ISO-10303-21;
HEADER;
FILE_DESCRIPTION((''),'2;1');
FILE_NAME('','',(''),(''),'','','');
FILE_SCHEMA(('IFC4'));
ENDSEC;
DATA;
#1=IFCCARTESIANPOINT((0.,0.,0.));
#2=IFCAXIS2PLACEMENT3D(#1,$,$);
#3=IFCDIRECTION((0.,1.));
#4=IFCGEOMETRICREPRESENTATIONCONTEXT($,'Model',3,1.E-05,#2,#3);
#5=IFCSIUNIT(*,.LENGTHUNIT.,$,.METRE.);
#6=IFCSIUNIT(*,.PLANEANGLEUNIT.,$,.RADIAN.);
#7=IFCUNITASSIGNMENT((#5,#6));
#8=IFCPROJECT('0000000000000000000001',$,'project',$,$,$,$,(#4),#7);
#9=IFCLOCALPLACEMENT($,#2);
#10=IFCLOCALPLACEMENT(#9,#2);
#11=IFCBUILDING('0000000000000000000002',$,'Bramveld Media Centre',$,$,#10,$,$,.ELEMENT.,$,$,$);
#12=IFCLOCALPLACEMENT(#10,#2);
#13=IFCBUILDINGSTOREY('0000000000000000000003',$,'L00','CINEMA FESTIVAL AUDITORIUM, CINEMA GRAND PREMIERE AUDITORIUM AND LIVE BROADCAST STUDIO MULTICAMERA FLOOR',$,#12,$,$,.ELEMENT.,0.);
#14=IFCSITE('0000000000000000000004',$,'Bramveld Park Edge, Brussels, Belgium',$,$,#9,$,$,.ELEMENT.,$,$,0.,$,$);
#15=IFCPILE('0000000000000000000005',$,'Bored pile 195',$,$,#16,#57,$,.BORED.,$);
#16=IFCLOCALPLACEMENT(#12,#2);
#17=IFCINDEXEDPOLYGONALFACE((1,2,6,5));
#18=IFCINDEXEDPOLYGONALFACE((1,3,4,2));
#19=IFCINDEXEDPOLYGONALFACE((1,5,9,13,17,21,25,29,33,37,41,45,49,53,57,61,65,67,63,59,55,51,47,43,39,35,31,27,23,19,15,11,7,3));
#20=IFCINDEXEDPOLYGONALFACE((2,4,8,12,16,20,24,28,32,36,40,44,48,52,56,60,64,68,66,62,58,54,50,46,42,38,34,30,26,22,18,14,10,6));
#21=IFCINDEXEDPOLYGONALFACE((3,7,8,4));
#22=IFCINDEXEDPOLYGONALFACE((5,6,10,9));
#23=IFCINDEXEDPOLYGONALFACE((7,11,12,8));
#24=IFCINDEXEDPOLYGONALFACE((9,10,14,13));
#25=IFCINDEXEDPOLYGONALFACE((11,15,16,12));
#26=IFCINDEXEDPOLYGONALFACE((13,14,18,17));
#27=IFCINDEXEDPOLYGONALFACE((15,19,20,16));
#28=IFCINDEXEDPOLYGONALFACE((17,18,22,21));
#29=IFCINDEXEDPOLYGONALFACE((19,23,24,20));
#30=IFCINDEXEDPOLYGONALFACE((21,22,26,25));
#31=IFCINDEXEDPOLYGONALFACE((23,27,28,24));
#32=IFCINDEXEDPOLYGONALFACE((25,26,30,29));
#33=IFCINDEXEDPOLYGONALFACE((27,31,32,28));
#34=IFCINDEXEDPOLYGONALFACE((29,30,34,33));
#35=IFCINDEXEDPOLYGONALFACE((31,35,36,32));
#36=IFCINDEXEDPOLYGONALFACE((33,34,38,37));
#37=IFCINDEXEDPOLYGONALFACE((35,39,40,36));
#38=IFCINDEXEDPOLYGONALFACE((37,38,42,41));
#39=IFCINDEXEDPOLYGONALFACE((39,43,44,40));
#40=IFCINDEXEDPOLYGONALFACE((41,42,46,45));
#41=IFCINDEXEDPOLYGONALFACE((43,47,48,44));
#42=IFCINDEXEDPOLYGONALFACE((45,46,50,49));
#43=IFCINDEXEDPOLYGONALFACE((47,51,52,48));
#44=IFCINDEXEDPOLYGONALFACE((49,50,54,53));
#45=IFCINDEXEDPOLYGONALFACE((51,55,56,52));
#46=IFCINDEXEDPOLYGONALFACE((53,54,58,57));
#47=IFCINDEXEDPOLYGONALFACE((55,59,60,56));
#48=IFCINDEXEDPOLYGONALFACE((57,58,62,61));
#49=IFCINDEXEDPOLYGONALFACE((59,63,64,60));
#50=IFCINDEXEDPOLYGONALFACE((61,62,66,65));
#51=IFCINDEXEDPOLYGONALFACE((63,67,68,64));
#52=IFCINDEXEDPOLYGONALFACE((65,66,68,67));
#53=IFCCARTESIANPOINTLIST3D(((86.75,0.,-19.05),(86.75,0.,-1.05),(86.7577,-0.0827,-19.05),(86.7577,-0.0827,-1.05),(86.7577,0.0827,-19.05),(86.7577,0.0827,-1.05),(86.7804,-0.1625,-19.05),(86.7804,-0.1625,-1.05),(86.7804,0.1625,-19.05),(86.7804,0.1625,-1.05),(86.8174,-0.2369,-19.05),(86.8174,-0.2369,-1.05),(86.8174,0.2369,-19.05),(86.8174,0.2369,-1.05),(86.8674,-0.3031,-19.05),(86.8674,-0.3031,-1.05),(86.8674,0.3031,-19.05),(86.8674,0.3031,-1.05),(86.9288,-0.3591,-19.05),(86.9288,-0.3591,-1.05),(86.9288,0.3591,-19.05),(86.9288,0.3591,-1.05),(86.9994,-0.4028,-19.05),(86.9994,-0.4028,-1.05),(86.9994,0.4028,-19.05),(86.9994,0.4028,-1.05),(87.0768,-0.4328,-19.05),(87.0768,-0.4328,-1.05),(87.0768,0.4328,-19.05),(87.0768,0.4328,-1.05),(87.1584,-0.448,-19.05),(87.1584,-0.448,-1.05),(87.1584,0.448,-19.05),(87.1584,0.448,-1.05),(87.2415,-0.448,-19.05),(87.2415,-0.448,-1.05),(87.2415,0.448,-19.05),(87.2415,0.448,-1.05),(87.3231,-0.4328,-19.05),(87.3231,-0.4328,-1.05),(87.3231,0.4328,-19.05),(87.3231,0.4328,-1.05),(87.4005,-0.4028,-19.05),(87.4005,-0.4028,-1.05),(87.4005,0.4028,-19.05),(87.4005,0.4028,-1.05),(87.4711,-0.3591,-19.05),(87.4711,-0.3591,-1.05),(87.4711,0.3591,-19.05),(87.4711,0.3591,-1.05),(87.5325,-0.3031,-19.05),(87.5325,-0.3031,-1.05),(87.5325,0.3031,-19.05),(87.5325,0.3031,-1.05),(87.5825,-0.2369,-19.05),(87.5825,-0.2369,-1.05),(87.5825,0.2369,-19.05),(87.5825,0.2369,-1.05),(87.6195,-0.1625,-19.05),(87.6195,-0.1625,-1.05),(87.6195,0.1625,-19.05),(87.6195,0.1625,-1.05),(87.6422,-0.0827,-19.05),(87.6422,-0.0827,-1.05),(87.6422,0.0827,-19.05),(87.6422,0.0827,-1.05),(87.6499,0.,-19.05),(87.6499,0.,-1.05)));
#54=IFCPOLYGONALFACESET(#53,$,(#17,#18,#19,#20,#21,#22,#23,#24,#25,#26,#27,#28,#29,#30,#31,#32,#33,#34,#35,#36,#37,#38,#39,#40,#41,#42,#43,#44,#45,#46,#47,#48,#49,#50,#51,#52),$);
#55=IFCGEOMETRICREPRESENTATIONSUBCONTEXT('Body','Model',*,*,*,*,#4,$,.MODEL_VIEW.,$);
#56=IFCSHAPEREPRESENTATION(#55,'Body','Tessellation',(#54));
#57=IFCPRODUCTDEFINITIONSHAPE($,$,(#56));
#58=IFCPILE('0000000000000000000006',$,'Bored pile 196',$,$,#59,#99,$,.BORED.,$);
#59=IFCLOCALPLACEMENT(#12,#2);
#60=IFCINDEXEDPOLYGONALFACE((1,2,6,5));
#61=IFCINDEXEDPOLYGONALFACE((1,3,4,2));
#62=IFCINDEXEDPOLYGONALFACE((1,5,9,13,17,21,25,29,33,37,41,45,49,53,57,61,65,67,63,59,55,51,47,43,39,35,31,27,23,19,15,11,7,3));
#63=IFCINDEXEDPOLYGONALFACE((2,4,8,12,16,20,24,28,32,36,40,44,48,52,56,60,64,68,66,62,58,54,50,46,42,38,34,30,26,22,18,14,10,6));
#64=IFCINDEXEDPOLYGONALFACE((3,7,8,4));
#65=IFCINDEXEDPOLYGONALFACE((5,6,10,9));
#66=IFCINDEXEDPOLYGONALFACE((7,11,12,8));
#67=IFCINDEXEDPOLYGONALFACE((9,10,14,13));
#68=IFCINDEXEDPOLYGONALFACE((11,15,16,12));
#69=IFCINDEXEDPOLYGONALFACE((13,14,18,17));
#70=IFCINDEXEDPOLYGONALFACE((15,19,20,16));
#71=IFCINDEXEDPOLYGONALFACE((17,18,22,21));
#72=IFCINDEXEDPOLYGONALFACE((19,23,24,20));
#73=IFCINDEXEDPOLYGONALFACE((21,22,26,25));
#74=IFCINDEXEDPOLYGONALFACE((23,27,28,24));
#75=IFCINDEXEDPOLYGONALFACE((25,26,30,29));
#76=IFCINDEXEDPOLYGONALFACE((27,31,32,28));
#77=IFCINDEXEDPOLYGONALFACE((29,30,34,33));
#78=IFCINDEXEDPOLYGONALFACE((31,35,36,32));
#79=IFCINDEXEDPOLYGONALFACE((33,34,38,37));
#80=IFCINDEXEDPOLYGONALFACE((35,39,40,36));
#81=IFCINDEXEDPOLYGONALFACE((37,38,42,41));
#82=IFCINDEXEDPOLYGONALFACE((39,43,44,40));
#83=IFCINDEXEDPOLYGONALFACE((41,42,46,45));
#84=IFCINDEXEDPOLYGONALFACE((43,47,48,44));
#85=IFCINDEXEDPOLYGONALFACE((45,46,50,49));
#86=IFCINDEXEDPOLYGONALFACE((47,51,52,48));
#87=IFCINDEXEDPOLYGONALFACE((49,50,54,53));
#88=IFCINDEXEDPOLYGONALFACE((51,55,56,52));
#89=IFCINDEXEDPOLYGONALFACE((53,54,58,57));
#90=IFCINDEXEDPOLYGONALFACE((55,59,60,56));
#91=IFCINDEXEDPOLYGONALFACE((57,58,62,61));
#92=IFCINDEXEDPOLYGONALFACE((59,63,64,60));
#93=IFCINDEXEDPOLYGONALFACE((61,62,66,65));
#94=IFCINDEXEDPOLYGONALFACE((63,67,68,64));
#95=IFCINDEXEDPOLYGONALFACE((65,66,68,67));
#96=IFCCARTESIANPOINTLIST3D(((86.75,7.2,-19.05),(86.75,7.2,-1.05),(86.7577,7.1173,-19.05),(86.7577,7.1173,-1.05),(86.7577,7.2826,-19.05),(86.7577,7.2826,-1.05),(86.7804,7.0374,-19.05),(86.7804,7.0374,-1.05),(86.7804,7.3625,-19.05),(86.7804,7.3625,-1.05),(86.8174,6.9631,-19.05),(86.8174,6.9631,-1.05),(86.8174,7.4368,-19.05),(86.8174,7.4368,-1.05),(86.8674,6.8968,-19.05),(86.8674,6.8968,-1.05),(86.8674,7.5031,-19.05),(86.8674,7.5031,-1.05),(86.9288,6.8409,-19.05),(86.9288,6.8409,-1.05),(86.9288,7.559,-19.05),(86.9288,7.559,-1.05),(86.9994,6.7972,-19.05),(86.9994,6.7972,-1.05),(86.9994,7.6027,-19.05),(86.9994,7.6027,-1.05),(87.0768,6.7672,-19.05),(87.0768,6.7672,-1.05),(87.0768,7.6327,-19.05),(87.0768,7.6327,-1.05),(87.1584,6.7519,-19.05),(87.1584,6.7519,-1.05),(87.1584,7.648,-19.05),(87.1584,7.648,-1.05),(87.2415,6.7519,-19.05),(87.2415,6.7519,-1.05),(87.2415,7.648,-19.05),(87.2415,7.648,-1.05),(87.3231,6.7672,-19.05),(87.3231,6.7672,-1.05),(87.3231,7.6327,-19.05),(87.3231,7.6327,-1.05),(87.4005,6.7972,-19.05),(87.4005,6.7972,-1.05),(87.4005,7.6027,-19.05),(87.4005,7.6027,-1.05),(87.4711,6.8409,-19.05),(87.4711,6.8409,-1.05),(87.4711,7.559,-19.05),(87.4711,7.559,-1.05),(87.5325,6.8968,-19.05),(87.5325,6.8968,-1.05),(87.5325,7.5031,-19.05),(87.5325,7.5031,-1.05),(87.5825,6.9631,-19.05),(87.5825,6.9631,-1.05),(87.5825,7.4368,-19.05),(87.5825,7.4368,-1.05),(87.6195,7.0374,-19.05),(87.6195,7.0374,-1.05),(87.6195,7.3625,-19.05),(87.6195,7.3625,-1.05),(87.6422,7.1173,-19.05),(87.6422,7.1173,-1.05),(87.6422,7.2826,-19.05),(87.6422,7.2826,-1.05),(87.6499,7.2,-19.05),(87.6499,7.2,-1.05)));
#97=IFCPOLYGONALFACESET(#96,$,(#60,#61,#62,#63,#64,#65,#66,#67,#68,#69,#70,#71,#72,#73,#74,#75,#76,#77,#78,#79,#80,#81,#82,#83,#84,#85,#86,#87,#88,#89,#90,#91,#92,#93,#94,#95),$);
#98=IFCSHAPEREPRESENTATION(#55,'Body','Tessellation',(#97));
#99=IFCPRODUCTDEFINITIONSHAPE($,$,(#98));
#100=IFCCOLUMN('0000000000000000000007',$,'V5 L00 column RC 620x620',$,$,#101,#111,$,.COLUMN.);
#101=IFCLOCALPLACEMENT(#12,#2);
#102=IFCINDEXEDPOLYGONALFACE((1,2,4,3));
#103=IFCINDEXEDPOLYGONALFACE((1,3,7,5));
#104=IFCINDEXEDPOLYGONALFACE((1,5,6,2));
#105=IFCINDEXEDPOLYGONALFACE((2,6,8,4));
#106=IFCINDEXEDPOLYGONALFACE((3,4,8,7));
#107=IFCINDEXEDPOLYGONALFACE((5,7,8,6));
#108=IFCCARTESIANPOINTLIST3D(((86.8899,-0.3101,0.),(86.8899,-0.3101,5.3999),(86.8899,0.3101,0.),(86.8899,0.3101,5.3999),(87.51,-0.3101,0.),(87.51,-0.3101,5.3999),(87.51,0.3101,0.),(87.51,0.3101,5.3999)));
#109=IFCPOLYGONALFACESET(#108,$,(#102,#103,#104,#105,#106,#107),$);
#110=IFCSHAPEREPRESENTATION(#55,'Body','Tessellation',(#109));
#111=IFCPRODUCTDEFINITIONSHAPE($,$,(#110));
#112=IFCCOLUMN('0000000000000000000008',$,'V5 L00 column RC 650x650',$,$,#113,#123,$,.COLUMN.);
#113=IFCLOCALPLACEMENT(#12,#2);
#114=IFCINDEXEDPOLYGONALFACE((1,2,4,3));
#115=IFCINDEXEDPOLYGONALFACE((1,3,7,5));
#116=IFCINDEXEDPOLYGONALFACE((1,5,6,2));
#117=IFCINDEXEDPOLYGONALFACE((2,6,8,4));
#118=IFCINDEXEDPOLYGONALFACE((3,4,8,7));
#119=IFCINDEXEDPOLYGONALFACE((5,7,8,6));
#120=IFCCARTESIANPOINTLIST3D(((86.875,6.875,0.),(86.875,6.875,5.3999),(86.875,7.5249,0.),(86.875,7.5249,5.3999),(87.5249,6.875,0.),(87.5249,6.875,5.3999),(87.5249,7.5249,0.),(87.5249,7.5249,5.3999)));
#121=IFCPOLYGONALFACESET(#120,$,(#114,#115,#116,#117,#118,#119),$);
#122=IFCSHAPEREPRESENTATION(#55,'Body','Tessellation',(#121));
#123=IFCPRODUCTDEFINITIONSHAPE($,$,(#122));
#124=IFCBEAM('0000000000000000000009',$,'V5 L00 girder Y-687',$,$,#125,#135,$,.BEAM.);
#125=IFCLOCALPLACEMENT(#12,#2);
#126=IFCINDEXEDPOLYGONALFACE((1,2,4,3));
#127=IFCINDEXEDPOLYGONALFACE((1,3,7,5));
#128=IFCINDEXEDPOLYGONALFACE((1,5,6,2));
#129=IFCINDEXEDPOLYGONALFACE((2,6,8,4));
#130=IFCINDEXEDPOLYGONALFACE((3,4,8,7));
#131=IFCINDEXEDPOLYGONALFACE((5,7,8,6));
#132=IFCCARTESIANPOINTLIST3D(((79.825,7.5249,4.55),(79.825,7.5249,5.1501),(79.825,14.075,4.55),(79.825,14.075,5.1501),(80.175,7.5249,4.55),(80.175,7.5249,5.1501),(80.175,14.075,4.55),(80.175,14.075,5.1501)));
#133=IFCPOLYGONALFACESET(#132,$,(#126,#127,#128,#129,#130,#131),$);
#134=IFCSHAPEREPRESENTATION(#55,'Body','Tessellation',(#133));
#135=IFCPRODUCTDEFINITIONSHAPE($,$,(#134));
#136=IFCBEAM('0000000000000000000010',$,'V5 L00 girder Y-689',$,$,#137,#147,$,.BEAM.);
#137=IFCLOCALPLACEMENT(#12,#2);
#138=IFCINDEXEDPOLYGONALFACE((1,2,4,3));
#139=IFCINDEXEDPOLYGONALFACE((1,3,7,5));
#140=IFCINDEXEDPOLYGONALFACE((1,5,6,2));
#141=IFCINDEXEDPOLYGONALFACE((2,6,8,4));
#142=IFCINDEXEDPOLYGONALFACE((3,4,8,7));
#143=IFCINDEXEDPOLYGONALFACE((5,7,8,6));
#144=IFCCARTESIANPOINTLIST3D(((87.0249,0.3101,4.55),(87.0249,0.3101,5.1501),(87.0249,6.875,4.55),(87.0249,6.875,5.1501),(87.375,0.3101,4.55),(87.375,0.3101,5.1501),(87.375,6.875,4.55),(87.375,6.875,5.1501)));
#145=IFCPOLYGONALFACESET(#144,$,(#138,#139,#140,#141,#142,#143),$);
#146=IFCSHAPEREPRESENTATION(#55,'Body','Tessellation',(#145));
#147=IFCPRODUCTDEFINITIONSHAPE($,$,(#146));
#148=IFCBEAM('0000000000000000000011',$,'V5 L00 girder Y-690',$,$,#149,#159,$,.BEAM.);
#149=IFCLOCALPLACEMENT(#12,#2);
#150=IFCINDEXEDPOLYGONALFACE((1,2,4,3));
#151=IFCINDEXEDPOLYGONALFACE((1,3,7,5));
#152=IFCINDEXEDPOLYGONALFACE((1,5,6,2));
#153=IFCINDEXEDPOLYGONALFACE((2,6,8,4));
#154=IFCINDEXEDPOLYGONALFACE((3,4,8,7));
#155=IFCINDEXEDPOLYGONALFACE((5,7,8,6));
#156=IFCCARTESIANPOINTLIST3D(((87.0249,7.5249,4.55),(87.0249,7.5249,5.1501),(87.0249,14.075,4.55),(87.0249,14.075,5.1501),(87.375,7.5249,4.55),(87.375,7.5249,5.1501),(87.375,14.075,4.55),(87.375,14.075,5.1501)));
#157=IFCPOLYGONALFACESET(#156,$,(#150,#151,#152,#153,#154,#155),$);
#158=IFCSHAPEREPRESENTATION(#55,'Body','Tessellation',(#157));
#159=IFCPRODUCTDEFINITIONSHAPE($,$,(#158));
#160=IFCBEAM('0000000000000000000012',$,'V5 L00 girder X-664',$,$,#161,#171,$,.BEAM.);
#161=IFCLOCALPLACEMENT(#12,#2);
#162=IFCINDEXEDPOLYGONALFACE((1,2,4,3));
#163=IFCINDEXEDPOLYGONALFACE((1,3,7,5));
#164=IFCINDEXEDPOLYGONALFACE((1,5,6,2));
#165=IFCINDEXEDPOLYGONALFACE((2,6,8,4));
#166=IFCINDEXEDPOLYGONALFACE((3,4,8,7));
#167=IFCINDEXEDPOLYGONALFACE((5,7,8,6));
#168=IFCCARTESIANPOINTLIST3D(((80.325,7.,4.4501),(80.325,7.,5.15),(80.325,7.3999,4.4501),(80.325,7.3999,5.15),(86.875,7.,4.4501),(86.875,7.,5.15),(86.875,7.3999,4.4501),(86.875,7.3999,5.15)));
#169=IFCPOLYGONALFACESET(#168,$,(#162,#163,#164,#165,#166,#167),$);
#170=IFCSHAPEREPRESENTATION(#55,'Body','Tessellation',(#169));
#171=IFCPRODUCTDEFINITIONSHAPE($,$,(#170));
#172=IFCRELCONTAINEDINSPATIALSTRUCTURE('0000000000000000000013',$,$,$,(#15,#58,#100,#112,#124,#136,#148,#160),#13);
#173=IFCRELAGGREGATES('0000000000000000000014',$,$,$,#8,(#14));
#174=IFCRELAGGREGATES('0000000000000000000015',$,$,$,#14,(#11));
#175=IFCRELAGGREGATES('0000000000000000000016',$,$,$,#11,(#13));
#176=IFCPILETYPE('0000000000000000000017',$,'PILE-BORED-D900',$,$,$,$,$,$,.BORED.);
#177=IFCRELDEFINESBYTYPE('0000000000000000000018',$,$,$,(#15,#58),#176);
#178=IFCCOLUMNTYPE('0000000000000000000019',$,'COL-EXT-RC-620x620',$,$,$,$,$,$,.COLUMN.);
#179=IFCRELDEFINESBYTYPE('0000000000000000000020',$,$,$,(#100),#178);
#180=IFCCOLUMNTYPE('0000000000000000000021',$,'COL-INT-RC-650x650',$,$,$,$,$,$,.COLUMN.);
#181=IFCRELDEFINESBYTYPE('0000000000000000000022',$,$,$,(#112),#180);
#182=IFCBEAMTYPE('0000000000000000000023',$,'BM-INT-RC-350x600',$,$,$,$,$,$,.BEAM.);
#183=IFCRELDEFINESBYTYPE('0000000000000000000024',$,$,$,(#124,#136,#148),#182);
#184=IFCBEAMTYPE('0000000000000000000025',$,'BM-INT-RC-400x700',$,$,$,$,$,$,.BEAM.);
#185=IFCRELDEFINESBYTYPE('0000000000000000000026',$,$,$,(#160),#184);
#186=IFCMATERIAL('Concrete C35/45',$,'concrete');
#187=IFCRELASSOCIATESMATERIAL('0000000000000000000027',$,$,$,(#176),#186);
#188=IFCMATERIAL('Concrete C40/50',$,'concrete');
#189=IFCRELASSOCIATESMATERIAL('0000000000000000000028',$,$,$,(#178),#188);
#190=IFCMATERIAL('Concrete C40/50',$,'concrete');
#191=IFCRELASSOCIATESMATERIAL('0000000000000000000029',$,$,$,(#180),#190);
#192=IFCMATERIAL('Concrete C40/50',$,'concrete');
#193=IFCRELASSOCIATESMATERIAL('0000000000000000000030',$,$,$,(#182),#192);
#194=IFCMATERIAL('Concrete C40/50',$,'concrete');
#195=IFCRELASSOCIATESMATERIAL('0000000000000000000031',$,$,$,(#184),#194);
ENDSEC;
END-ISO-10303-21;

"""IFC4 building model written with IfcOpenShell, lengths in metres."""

from ifc_helpers import new_model, si_unit, direction, frame, origin, origin_2d, place, context, subcontext, project, spatial, rectangle, circle, extrude, material, material_profile, profile_set, type_object, element, save


model = new_model("IFC4")

# Units and contexts
model_context = context("Model", 3, precision=1e-05, world=origin(), true_north=direction((0.0, 1.0)))
body_context = subcontext(model_context, "Body", "Model", "MODEL_VIEW")
ifc_project = project(units=[si_unit("LENGTHUNIT", "METRE"), si_unit("PLANEANGLEUNIT", "RADIAN")], contexts=[model_context])

# Site, building, storey
site_placement = place(None, origin())
site = spatial("IfcSite", under=ifc_project, at=site_placement, Name="Bramveld Park Edge, Brussels, Belgium", CompositionType="ELEMENT", RefElevation=0.0)
building_placement = place(site_placement, origin())
building = spatial("IfcBuilding", under=site, at=building_placement, Name="Bramveld Media Centre", CompositionType="ELEMENT")
storey_placement = place(building_placement, origin())
storey = spatial("IfcBuildingStorey", under=building, at=storey_placement, Name="L00", Description="CINEMA FESTIVAL AUDITORIUM, CINEMA GRAND PREMIERE AUDITORIUM AND LIVE BROADCAST STUDIO MULTICAMERA FLOOR", CompositionType="ELEMENT", Elevation=0.0)

# Piles
ifc_material_1 = material(Name="Concrete C35/45", Category="concrete")
ifc_material_profile_1 = material_profile(ifc_material_1, circle(Radius=0.45, at=origin_2d()), Name="BORED D900")
ifc_profile_set_1 = profile_set([ifc_material_profile_1], Name="Concrete C35/45")
pile_type_1 = type_object("IfcPileType", Name="PILE-BORED-D900", PredefinedType="BORED", material=ifc_profile_set_1)
for number, where, z_axis, x_axis, name in (
    (1, (87.2, 0.0, -1.05), (0.0, 0.0, -1.0), (1.0, 0.0, 0.0), "Bored pile 195"),
    (2, (87.2, 7.2, -1.05), (0.0, 0.0, -1.0), (1.0, 0.0, 0.0), "Bored pile 196"),
):
    element("IfcPile", number, at=place(storey_placement, frame(where, z_axis=z_axis, x_axis=x_axis)), inside=storey, type_object=pile_type_1, Name=name, PredefinedType="BORED", context=body_context, shape_type="SweptSolid", body=[
        extrude(circle(Radius=0.45, at=origin_2d()), origin(), (0.0, 0.0, 1.0), 18.0),
    ])

# Columns
ifc_material_2 = material(Name="Concrete C40/50", Category="concrete")
ifc_material_profile_2 = material_profile(ifc_material_2, rectangle(XDim=0.6201, YDim=0.6201, at=origin_2d()), Name="RC 620x620")
ifc_profile_set_2 = profile_set([ifc_material_profile_2], Name="Concrete C40/50")
column_type_1 = type_object("IfcColumnType", Name="COL-EXT-RC-620x620", PredefinedType="COLUMN", material=ifc_profile_set_2)
column_1_placement = place(storey_placement, frame((87.2, 0.0, 0.0), z_axis=(0.0, 0.0, 1.0), x_axis=(1.0, 0.0, 0.0)))
element("IfcColumn", 3, at=column_1_placement, inside=storey, type_object=column_type_1, Name="V5 L00 column RC 620x620", PredefinedType="COLUMN", context=body_context, shape_type="SweptSolid", body=[
    extrude(rectangle(XDim=0.6201, YDim=0.6201, at=origin_2d()), origin(), (0.0, 0.0, 1.0), 5.3999),
])
ifc_material_3 = material(Name="Concrete C40/50", Category="concrete")
ifc_material_profile_3 = material_profile(ifc_material_3, rectangle(XDim=0.6499, YDim=0.6499, at=origin_2d()), Name="RC 650x650")
ifc_profile_set_3 = profile_set([ifc_material_profile_3], Name="Concrete C40/50")
column_type_2 = type_object("IfcColumnType", Name="COL-INT-RC-650x650", PredefinedType="COLUMN", material=ifc_profile_set_3)
column_2_placement = place(storey_placement, frame((87.2, 7.2, 0.0), z_axis=(0.0, 0.0, 1.0), x_axis=(1.0, 0.0, 0.0)))
element("IfcColumn", 4, at=column_2_placement, inside=storey, type_object=column_type_2, Name="V5 L00 column RC 650x650", PredefinedType="COLUMN", context=body_context, shape_type="SweptSolid", body=[
    extrude(rectangle(XDim=0.6499, YDim=0.6499, at=origin_2d()), origin(), (0.0, 0.0, 1.0), 5.3999),
])

# Beams
ifc_material_4 = material(Name="Concrete C40/50", Category="concrete")
ifc_material_profile_4 = material_profile(ifc_material_4, rectangle(XDim=0.3501, YDim=0.6001, at=origin_2d()), Name="RC 350x600")
ifc_profile_set_4 = profile_set([ifc_material_profile_4], Name="Concrete C40/50")
beam_type_1 = type_object("IfcBeamType", Name="BM-INT-RC-350x600", PredefinedType="BEAM", material=ifc_profile_set_4)
beam_1_placement = place(storey_placement, frame((80.0, 7.5249, 4.8501), z_axis=(0.0, 1.0, 0.0), x_axis=(-1.0, 0.0, 0.0)))
element("IfcBeam", 5, at=beam_1_placement, inside=storey, type_object=beam_type_1, Name="V5 L00 girder Y-687", PredefinedType="BEAM", context=body_context, shape_type="SweptSolid", body=[
    extrude(rectangle(XDim=0.3501, YDim=0.6001, at=origin_2d()), origin(), (0.0, 0.0, 1.0), 6.55),
])
beam_2_placement = place(storey_placement, frame((87.2, 0.3101, 4.8501), z_axis=(0.0, 1.0, 0.0), x_axis=(-1.0, 0.0, 0.0)))
element("IfcBeam", 6, at=beam_2_placement, inside=storey, type_object=beam_type_1, Name="V5 L00 girder Y-689", PredefinedType="BEAM", context=body_context, shape_type="SweptSolid", body=[
    extrude(rectangle(XDim=0.3501, YDim=0.6001, at=origin_2d()), origin(), (0.0, 0.0, 1.0), 6.5649),
])
beam_3_placement = place(storey_placement, frame((87.2, 7.5249, 4.8501), z_axis=(0.0, 1.0, 0.0), x_axis=(-1.0, 0.0, 0.0)))
element("IfcBeam", 7, at=beam_3_placement, inside=storey, type_object=beam_type_1, Name="V5 L00 girder Y-690", PredefinedType="BEAM", context=body_context, shape_type="SweptSolid", body=[
    extrude(rectangle(XDim=0.3501, YDim=0.6001, at=origin_2d()), origin(), (0.0, 0.0, 1.0), 6.55),
])
ifc_material_5 = material(Name="Concrete C40/50", Category="concrete")
ifc_material_profile_5 = material_profile(ifc_material_5, rectangle(XDim=0.3999, YDim=0.7, at=origin_2d()), Name="RC 400x700")
ifc_profile_set_5 = profile_set([ifc_material_profile_5], Name="Concrete C40/50")
beam_type_2 = type_object("IfcBeamType", Name="BM-INT-RC-400x700", PredefinedType="BEAM", material=ifc_profile_set_5)
beam_4_placement = place(storey_placement, frame((80.325, 7.2, 4.8), z_axis=(1.0, 0.0, 0.0), x_axis=(0.0, 1.0, 0.0)))
element("IfcBeam", 8, at=beam_4_placement, inside=storey, type_object=beam_type_2, Name="V5 L00 girder X-664", PredefinedType="BEAM", context=body_context, shape_type="SweptSolid", body=[
    extrude(rectangle(XDim=0.3999, YDim=0.7, at=origin_2d()), origin(), (0.0, 0.0, 1.0), 6.55),
])

save(model, "model.ifc")
